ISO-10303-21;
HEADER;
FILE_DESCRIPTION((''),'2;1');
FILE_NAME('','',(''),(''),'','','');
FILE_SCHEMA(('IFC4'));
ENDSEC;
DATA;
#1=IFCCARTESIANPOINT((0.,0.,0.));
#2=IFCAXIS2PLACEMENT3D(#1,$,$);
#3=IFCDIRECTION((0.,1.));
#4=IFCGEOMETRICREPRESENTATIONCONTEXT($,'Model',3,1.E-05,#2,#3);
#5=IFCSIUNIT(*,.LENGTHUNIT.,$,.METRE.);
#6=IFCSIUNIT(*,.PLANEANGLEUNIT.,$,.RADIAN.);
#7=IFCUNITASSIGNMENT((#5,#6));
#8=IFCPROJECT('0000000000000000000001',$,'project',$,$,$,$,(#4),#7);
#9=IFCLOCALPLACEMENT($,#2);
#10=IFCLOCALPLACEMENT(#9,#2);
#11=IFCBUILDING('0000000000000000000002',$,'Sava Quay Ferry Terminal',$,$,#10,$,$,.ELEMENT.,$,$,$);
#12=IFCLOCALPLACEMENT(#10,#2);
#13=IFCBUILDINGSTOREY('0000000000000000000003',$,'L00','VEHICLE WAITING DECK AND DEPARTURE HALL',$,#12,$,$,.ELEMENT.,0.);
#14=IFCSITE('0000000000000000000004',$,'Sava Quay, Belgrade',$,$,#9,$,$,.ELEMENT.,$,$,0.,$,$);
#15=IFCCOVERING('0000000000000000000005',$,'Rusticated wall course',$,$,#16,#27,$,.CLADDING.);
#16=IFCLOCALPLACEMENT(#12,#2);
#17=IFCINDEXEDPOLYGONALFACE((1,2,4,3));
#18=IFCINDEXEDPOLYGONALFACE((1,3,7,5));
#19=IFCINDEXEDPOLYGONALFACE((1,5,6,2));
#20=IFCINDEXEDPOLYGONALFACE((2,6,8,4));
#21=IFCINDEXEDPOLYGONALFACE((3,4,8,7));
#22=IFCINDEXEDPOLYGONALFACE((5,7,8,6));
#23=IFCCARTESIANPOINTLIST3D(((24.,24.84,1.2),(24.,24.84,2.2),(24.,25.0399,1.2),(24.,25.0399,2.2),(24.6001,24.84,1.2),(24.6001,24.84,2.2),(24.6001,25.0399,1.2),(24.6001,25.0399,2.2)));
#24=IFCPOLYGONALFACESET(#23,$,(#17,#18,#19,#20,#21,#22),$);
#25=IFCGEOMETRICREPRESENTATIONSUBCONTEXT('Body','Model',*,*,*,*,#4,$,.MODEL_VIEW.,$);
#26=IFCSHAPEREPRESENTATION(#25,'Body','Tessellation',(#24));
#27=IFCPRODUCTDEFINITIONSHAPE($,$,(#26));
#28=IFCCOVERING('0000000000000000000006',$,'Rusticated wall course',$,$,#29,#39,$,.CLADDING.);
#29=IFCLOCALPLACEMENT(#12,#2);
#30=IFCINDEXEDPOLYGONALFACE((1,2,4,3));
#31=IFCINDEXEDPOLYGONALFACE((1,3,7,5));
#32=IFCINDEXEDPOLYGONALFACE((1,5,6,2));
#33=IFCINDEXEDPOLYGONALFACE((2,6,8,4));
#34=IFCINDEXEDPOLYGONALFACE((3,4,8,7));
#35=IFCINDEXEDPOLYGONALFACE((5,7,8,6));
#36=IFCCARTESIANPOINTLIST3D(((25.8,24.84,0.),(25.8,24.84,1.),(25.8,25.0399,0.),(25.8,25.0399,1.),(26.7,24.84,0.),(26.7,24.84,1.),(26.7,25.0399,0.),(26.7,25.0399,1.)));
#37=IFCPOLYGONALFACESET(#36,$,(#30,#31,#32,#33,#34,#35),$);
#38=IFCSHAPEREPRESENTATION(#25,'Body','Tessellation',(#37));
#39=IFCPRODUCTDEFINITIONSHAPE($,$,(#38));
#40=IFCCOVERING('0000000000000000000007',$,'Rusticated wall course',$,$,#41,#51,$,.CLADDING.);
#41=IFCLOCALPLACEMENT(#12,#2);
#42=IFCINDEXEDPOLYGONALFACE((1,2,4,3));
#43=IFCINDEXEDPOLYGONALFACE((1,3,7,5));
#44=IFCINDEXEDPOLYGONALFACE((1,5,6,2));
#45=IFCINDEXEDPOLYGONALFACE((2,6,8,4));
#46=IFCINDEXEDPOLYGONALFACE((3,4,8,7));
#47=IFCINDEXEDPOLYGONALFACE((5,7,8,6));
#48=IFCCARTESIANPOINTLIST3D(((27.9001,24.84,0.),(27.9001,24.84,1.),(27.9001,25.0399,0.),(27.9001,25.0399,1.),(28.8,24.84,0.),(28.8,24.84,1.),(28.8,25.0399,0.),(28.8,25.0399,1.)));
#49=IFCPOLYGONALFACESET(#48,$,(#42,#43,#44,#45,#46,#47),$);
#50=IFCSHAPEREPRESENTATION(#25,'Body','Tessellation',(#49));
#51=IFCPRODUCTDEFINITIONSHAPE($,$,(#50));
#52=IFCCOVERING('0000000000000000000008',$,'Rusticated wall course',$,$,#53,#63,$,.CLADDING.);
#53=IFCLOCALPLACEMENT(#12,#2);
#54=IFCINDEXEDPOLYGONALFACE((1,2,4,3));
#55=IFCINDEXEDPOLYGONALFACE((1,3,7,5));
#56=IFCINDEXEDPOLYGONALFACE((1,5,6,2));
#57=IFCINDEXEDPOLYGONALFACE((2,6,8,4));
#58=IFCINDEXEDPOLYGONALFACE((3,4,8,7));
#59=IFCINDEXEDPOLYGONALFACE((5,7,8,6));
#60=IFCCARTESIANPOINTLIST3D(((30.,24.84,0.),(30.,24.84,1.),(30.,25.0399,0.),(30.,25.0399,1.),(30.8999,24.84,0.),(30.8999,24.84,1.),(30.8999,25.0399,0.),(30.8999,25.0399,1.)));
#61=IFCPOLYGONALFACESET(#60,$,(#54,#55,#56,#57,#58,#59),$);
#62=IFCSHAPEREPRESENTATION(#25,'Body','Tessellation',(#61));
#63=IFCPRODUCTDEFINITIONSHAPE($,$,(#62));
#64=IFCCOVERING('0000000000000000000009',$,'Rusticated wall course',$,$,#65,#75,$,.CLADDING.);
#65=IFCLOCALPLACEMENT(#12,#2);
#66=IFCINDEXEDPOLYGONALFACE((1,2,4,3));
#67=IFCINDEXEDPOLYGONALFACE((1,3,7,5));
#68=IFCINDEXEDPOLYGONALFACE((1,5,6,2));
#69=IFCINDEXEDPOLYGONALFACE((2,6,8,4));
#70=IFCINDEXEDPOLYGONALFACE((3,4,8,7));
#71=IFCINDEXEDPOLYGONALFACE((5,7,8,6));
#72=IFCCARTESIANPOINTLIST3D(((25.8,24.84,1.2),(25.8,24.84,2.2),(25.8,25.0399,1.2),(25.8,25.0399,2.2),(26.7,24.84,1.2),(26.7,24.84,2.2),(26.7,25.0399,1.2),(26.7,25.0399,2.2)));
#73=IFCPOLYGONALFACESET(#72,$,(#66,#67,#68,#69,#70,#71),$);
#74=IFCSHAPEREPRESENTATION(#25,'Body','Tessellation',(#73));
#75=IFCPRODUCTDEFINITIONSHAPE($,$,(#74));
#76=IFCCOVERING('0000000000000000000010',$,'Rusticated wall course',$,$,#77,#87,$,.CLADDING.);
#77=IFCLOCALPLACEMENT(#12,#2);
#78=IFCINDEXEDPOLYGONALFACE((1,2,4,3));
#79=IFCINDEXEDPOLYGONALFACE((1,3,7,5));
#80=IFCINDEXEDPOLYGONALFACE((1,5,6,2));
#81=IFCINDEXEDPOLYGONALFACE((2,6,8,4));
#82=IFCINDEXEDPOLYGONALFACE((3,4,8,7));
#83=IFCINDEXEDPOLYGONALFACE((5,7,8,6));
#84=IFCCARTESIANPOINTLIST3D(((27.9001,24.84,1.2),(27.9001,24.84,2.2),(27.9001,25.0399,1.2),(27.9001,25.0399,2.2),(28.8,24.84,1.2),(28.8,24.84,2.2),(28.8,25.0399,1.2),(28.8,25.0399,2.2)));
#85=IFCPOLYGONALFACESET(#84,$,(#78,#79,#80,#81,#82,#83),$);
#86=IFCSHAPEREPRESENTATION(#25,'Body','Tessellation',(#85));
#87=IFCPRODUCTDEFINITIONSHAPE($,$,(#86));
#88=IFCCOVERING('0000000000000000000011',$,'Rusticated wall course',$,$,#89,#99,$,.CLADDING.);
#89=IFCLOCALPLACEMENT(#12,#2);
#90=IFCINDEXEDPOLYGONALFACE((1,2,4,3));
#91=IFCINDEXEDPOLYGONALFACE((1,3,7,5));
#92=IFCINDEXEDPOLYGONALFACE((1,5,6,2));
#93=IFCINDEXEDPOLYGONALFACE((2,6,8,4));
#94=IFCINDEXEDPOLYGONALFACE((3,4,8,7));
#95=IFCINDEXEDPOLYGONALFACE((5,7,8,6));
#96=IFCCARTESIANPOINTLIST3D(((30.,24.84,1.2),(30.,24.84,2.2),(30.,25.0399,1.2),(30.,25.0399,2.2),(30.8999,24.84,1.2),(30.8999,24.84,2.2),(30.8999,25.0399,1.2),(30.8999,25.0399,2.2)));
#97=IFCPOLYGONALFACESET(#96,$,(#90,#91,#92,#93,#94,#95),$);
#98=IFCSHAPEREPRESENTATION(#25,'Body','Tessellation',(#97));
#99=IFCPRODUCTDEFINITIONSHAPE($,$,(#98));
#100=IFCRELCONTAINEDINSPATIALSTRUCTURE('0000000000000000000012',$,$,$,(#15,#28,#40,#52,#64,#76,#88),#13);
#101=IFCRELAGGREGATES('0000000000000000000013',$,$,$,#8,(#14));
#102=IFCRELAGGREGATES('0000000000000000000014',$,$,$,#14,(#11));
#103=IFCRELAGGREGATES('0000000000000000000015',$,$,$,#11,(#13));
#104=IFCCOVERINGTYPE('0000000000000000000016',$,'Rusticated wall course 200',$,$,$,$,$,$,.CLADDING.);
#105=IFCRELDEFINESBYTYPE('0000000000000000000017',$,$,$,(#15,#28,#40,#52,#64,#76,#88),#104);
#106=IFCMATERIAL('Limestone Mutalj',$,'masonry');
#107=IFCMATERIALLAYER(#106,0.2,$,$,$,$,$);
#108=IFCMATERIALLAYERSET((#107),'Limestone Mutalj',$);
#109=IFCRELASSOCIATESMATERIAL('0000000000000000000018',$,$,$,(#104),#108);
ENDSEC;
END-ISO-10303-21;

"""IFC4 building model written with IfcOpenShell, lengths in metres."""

from ifc_helpers import new_model, si_unit, direction, frame, origin, origin_2d, place, context, subcontext, project, spatial, rectangle, extrude, material, layer, layer_set, type_object, element, save


model = new_model("IFC4")

# Units and contexts
model_context = context("Model", 3, precision=1e-05, world=origin(), true_north=direction((0.0, 1.0)))
body_context = subcontext(model_context, "Body", "Model", "MODEL_VIEW")
ifc_project = project(units=[si_unit("LENGTHUNIT", "METRE"), si_unit("PLANEANGLEUNIT", "RADIAN")], contexts=[model_context])

# Site, building, storey
site_placement = place(None, origin())
site = spatial("IfcSite", under=ifc_project, at=site_placement, Name="Sava Quay, Belgrade", CompositionType="ELEMENT", RefElevation=0.0)
building_placement = place(site_placement, origin())
building = spatial("IfcBuilding", under=site, at=building_placement, Name="Sava Quay Ferry Terminal", CompositionType="ELEMENT")
storey_placement = place(building_placement, origin())
storey = spatial("IfcBuildingStorey", under=building, at=storey_placement, Name="L00", Description="VEHICLE WAITING DECK AND DEPARTURE HALL", CompositionType="ELEMENT", Elevation=0.0)

# Coverings
ifc_material_1 = material(Name="Limestone Mutalj", Category="masonry")
ifc_layer_1 = layer(ifc_material_1, 0.2)
ifc_layer_set_1 = layer_set([ifc_layer_1], Name="Limestone Mutalj")
covering_type_1 = type_object("IfcCoveringType", Name="Rusticated wall course 200", PredefinedType="CLADDING", material=ifc_layer_set_1)
for number, where, z_axis, x_axis, name in (
    (1, (24.3, 24.9399, 1.2), (0.0, 0.0, 1.0), (1.0, 0.0, 0.0), "Rusticated wall course"),
):
    element("IfcCovering", number, at=place(storey_placement, frame(where, z_axis=z_axis, x_axis=x_axis)), inside=storey, type_object=covering_type_1, Name=name, PredefinedType="CLADDING", context=body_context, shape_type="SweptSolid", body=[
        extrude(rectangle(XDim=0.6001, YDim=0.2, at=origin_2d()), origin(), (0.0, 0.0, 1.0), 1.0),
    ])
for number, where, z_axis, x_axis, name in (
    (2, (26.25, 24.9399, 0.0), (0.0, 0.0, 1.0), (1.0, 0.0, 0.0), "Rusticated wall course"),
    (3, (28.3501, 24.9399, 0.0), (0.0, 0.0, 1.0), (1.0, 0.0, 0.0), "Rusticated wall course"),
    (4, (30.45, 24.9399, 0.0), (0.0, 0.0, 1.0), (1.0, 0.0, 0.0), "Rusticated wall course"),
    (5, (26.25, 24.9399, 1.2), (0.0, 0.0, 1.0), (1.0, 0.0, 0.0), "Rusticated wall course"),
    (6, (28.3501, 24.9399, 1.2), (0.0, 0.0, 1.0), (1.0, 0.0, 0.0), "Rusticated wall course"),
    (7, (30.45, 24.9399, 1.2), (0.0, 0.0, 1.0), (1.0, 0.0, 0.0), "Rusticated wall course"),
):
    element("IfcCovering", number, at=place(storey_placement, frame(where, z_axis=z_axis, x_axis=x_axis)), inside=storey, type_object=covering_type_1, Name=name, PredefinedType="CLADDING", context=body_context, shape_type="SweptSolid", body=[
        extrude(rectangle(XDim=0.8999, YDim=0.2, at=origin_2d()), origin(), (0.0, 0.0, 1.0), 1.0),
    ])

save(model, "model.ifc")
